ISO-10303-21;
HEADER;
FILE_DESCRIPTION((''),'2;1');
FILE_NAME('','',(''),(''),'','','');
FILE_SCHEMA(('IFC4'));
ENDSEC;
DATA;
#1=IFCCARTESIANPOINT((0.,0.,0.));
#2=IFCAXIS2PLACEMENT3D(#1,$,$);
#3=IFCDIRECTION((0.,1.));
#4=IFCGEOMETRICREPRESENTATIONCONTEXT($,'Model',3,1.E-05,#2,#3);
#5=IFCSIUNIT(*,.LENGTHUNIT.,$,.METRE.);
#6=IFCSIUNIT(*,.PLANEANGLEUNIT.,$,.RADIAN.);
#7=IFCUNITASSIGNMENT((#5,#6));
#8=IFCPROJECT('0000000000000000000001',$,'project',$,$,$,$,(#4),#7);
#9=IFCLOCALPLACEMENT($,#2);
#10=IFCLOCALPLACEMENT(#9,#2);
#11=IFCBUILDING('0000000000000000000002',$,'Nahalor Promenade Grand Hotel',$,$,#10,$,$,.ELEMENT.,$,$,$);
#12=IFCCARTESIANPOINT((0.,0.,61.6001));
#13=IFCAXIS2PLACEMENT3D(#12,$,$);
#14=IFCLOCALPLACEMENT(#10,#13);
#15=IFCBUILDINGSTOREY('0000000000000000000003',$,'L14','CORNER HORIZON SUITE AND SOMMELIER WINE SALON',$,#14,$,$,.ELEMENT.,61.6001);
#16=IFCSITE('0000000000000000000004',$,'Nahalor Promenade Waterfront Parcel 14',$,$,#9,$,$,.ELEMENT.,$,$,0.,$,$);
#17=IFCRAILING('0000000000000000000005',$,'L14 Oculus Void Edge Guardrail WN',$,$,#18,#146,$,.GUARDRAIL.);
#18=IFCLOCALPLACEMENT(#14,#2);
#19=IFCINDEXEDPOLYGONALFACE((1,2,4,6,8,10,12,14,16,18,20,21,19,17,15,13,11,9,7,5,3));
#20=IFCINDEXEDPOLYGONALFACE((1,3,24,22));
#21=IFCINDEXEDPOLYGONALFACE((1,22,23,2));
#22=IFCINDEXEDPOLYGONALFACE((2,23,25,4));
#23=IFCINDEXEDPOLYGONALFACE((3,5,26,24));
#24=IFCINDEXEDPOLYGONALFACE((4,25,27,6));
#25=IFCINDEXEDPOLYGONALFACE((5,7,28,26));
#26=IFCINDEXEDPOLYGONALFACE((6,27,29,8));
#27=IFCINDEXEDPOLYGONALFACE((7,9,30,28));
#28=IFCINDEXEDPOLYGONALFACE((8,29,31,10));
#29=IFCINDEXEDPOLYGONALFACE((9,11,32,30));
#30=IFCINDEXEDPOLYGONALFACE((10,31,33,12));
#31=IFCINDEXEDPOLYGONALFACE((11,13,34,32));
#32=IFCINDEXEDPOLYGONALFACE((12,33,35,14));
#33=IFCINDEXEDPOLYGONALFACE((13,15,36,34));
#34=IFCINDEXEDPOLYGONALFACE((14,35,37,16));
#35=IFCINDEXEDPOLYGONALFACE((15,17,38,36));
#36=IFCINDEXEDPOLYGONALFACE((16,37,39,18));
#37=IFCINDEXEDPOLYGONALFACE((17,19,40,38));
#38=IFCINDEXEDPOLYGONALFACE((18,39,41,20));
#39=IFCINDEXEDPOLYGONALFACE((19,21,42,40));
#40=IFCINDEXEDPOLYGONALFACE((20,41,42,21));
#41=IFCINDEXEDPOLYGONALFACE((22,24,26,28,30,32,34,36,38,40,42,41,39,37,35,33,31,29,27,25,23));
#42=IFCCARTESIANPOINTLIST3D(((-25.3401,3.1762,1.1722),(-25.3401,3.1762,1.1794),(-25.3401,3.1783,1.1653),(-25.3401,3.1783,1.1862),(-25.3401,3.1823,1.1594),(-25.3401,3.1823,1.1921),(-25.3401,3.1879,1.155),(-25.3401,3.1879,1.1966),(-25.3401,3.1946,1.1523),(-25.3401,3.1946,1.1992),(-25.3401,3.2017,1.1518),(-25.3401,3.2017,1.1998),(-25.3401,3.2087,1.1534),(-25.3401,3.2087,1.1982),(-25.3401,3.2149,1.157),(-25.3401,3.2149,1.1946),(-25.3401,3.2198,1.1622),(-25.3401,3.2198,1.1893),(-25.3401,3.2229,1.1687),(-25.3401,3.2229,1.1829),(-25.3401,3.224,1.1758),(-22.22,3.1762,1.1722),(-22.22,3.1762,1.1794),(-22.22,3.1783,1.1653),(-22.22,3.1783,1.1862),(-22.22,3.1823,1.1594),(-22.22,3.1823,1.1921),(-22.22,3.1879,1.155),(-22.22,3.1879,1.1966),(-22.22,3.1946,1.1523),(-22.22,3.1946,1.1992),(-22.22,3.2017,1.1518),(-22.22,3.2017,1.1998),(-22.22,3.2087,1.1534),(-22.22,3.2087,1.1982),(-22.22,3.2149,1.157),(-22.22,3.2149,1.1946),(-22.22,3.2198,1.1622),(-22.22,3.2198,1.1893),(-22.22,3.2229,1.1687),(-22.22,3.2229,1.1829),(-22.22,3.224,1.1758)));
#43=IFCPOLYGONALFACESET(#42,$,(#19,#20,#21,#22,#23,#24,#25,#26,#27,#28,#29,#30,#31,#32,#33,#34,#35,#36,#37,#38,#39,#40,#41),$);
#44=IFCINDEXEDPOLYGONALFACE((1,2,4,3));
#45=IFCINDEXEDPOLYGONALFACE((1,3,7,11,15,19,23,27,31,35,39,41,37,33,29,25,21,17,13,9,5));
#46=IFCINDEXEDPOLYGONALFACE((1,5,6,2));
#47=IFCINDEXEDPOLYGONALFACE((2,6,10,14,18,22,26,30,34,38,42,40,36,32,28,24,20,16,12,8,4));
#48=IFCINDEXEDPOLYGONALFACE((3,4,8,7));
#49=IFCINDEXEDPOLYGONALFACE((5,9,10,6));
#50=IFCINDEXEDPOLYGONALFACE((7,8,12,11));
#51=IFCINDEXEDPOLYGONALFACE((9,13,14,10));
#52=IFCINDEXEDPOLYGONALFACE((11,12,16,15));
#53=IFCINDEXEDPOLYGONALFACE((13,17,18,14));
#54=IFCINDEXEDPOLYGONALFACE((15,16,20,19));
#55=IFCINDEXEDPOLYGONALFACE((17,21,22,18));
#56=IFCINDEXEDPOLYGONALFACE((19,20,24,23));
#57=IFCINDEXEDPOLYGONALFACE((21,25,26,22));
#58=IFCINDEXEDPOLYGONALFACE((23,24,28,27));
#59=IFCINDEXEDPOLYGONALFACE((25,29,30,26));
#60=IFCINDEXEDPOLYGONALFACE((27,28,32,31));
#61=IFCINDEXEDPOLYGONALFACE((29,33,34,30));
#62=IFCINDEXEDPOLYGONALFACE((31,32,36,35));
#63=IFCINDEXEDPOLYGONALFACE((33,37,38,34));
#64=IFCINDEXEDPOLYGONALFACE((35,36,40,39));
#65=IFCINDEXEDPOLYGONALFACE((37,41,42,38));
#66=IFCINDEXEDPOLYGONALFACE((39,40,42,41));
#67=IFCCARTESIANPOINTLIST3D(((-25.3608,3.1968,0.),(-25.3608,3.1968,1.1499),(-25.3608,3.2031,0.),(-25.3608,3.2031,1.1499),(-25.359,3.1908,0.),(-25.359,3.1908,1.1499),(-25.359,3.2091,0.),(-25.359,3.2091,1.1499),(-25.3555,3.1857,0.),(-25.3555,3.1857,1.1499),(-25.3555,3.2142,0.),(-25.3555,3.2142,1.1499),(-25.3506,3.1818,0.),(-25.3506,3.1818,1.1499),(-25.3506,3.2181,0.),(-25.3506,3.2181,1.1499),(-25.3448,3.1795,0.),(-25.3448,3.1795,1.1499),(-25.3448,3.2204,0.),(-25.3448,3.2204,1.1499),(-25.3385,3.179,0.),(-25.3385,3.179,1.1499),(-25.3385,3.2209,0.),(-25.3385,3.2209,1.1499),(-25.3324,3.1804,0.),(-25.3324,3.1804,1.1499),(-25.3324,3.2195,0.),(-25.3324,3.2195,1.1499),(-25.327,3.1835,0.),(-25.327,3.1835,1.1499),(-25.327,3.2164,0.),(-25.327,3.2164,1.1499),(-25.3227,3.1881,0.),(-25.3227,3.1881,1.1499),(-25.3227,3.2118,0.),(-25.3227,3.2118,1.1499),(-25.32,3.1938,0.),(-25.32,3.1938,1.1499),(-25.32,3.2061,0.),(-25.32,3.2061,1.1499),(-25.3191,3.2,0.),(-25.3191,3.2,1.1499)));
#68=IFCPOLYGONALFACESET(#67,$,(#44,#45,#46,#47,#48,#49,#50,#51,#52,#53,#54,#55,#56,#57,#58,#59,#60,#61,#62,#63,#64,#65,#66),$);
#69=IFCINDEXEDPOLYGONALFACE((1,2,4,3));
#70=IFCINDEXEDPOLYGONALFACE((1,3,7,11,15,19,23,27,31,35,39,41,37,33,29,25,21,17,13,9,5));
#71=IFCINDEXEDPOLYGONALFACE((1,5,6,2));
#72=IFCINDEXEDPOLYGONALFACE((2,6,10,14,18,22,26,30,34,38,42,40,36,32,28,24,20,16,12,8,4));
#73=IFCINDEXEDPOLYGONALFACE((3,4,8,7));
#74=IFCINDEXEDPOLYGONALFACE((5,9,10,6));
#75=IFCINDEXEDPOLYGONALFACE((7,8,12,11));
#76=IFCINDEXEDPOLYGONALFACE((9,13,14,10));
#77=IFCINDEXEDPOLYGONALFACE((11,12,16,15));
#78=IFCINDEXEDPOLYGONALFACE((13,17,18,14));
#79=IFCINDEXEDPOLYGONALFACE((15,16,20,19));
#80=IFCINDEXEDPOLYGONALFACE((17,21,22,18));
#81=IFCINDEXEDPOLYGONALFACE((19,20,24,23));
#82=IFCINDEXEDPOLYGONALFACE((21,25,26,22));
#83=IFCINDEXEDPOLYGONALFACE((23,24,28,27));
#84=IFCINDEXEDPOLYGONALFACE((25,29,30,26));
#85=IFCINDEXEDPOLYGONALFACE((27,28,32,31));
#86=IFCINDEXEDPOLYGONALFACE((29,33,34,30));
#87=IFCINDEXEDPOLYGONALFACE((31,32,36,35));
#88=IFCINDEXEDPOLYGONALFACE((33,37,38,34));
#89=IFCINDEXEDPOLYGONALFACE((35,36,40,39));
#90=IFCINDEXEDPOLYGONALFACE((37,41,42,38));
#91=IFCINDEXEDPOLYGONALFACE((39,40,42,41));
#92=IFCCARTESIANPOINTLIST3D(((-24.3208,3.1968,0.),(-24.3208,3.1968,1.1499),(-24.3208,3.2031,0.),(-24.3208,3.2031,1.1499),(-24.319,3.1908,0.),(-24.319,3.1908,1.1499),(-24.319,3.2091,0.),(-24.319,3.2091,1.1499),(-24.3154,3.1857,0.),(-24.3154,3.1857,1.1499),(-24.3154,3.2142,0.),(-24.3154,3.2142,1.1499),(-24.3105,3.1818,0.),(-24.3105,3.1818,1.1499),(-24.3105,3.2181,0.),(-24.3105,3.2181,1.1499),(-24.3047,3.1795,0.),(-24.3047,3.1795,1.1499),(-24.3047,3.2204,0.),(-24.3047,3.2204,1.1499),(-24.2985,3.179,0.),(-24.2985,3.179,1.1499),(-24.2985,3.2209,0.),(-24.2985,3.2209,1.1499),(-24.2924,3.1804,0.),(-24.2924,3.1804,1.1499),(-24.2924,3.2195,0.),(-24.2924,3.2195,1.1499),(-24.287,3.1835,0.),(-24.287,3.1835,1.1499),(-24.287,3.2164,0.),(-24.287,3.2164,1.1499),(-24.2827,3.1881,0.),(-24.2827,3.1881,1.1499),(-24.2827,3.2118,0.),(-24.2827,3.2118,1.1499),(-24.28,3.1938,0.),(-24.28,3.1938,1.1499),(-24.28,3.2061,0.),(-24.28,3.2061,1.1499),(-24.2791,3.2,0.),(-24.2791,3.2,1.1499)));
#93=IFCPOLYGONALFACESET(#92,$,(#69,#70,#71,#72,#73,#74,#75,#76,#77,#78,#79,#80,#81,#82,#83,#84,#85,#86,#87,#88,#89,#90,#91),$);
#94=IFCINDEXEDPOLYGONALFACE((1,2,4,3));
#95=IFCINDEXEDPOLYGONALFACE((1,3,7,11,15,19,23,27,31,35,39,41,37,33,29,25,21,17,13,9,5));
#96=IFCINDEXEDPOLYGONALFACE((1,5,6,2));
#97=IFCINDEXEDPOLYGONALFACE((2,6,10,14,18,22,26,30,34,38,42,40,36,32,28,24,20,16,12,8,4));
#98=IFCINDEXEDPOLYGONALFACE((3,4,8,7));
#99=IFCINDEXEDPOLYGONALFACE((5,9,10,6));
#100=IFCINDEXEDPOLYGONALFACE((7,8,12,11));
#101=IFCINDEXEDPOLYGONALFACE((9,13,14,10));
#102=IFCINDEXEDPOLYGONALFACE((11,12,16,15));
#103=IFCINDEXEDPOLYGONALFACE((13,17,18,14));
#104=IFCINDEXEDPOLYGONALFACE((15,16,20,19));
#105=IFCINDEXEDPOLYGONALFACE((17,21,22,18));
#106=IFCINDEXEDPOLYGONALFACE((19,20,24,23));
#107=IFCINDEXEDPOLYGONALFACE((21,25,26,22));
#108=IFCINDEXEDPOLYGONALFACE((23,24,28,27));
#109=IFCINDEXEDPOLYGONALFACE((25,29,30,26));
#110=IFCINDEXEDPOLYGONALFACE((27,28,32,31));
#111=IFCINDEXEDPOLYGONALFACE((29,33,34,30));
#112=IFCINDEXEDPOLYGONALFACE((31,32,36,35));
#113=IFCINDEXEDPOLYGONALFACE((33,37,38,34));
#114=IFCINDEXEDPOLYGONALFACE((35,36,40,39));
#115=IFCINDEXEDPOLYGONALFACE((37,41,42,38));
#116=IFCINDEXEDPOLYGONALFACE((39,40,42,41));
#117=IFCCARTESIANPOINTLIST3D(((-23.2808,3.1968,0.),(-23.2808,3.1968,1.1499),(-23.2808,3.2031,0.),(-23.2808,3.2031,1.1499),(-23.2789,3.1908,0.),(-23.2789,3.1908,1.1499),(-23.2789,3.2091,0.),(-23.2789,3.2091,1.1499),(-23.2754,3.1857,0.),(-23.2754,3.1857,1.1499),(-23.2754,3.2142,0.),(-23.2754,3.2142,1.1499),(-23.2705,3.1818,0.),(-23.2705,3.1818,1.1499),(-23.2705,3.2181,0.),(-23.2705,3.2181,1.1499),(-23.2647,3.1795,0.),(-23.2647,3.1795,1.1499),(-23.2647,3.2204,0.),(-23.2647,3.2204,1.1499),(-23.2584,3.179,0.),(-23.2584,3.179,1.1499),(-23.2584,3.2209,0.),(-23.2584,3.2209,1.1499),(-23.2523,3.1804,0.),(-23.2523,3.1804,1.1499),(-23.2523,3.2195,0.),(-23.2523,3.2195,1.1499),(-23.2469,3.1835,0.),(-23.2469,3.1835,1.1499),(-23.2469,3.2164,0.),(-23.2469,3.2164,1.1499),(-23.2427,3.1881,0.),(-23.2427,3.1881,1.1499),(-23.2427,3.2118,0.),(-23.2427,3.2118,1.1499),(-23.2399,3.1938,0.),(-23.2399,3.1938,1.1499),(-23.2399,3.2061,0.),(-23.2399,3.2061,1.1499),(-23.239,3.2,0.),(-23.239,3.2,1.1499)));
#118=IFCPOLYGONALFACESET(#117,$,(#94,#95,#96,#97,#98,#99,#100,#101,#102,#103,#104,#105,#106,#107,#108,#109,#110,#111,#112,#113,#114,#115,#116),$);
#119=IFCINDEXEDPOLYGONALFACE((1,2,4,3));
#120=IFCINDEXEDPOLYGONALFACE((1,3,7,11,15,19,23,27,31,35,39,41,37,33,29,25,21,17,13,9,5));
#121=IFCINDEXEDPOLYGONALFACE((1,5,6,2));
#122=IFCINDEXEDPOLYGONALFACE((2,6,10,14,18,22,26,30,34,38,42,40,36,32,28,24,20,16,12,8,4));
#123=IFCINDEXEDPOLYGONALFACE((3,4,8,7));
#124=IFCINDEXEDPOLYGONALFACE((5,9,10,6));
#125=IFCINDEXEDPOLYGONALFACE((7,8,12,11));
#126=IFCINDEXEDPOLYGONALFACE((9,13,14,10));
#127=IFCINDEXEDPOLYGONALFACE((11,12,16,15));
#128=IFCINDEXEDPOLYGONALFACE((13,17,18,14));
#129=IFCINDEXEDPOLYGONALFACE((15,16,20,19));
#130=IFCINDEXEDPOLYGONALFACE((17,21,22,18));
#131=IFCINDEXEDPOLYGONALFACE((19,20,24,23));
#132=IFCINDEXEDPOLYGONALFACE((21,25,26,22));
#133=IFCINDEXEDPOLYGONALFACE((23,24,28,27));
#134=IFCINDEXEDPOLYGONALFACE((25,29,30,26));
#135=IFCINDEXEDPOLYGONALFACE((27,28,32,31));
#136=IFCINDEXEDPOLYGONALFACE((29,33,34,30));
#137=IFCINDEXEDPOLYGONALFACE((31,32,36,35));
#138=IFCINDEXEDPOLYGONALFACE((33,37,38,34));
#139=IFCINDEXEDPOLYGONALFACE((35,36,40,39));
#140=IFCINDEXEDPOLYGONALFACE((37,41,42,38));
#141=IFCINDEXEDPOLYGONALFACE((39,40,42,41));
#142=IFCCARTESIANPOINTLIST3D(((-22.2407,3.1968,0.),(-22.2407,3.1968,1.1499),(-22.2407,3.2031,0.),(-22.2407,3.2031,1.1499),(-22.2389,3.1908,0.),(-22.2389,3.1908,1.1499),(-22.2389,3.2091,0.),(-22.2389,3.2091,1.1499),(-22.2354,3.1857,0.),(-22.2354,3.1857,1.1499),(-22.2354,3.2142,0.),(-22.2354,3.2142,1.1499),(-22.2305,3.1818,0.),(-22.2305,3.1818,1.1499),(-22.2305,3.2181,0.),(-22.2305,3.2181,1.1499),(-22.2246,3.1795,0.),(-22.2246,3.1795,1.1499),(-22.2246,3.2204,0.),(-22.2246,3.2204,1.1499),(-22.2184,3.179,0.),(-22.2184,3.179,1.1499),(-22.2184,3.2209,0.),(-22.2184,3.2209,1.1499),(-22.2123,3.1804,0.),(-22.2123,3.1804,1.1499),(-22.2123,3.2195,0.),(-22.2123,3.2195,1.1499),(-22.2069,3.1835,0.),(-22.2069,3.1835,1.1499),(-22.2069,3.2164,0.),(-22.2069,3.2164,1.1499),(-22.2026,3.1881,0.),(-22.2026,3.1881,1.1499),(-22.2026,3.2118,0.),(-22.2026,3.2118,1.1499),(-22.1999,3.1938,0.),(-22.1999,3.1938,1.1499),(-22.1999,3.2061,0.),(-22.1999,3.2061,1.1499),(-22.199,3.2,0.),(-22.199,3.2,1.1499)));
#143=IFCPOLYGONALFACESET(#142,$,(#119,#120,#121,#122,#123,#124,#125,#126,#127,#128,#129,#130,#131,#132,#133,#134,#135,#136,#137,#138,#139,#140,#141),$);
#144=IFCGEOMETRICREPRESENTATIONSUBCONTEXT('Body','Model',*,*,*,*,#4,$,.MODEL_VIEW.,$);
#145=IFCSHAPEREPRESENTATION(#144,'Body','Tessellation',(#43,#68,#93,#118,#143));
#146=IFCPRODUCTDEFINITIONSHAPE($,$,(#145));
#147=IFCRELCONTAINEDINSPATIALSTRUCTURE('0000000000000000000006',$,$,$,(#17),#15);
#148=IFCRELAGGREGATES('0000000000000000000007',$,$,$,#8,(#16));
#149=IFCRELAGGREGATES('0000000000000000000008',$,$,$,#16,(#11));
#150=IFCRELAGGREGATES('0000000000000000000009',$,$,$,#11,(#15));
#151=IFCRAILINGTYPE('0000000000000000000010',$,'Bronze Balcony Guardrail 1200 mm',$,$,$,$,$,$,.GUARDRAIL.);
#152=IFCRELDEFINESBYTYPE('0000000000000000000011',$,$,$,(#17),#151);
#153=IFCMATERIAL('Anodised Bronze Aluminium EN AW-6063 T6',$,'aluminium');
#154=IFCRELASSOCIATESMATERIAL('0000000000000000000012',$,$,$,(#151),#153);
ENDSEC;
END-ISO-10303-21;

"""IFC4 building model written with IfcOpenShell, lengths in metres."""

from ifc_helpers import new_model, si_unit, direction, frame, origin, origin_2d, place, context, subcontext, project, spatial, circle, extrude, material, type_object, element, save


model = new_model("IFC4")

# Units and contexts
model_context = context("Model", 3, precision=1e-05, world=origin(), true_north=direction((0.0, 1.0)))
body_context = subcontext(model_context, "Body", "Model", "MODEL_VIEW")
ifc_project = project(units=[si_unit("LENGTHUNIT", "METRE"), si_unit("PLANEANGLEUNIT", "RADIAN")], contexts=[model_context])

# Site, building, storey
site_placement = place(None, origin())
site = spatial("IfcSite", under=ifc_project, at=site_placement, Name="Nahalor Promenade Waterfront Parcel 14", CompositionType="ELEMENT", RefElevation=0.0)
building_placement = place(site_placement, origin())
building = spatial("IfcBuilding", under=site, at=building_placement, Name="Nahalor Promenade Grand Hotel", CompositionType="ELEMENT")
storey_placement = place(building_placement, frame((0.0, 0.0, 61.6001)))
storey = spatial("IfcBuildingStorey", under=building, at=storey_placement, Name="L14", Description="CORNER HORIZON SUITE AND SOMMELIER WINE SALON", CompositionType="ELEMENT", Elevation=61.6001)

# Shared definitions
ifc_material_1 = material(Name="Anodised Bronze Aluminium EN AW-6063 T6", Category="aluminium")

# Railing
railing_type = type_object("IfcRailingType", Name="Bronze Balcony Guardrail 1200 mm", PredefinedType="GUARDRAIL", material=ifc_material_1)
railing_1_placement = place(storey_placement, frame((-25.3401, 3.2, 0.0)))
element("IfcRailing", 1, at=railing_1_placement, inside=storey, type_object=railing_type, Name="L14 Oculus Void Edge Guardrail WN", PredefinedType="GUARDRAIL", context=body_context, shape_type="SweptSolid", body=[
    extrude(circle(Radius=0.024, at=origin_2d()), frame((0.0, 0.0, 1.1758), z_axis=(1.0, 0.0, 0.0), x_axis=(0.0, 1.0, 0.0)), (0.0, 0.0, 1.0), 3.1201),
    extrude(circle(Radius=0.021, at=origin_2d()), origin(), (0.0, 0.0, 1.0), 1.1499),
    extrude(circle(Radius=0.021, at=origin_2d()), frame((1.04, 0.0, 0.0)), (0.0, 0.0, 1.0), 1.1499),
    extrude(circle(Radius=0.021, at=origin_2d()), frame((2.0801, 0.0, 0.0)), (0.0, 0.0, 1.0), 1.1499),
    extrude(circle(Radius=0.021, at=origin_2d()), frame((3.1201, 0.0, 0.0)), (0.0, 0.0, 1.0), 1.1499),
])

save(model, "model.ifc")
